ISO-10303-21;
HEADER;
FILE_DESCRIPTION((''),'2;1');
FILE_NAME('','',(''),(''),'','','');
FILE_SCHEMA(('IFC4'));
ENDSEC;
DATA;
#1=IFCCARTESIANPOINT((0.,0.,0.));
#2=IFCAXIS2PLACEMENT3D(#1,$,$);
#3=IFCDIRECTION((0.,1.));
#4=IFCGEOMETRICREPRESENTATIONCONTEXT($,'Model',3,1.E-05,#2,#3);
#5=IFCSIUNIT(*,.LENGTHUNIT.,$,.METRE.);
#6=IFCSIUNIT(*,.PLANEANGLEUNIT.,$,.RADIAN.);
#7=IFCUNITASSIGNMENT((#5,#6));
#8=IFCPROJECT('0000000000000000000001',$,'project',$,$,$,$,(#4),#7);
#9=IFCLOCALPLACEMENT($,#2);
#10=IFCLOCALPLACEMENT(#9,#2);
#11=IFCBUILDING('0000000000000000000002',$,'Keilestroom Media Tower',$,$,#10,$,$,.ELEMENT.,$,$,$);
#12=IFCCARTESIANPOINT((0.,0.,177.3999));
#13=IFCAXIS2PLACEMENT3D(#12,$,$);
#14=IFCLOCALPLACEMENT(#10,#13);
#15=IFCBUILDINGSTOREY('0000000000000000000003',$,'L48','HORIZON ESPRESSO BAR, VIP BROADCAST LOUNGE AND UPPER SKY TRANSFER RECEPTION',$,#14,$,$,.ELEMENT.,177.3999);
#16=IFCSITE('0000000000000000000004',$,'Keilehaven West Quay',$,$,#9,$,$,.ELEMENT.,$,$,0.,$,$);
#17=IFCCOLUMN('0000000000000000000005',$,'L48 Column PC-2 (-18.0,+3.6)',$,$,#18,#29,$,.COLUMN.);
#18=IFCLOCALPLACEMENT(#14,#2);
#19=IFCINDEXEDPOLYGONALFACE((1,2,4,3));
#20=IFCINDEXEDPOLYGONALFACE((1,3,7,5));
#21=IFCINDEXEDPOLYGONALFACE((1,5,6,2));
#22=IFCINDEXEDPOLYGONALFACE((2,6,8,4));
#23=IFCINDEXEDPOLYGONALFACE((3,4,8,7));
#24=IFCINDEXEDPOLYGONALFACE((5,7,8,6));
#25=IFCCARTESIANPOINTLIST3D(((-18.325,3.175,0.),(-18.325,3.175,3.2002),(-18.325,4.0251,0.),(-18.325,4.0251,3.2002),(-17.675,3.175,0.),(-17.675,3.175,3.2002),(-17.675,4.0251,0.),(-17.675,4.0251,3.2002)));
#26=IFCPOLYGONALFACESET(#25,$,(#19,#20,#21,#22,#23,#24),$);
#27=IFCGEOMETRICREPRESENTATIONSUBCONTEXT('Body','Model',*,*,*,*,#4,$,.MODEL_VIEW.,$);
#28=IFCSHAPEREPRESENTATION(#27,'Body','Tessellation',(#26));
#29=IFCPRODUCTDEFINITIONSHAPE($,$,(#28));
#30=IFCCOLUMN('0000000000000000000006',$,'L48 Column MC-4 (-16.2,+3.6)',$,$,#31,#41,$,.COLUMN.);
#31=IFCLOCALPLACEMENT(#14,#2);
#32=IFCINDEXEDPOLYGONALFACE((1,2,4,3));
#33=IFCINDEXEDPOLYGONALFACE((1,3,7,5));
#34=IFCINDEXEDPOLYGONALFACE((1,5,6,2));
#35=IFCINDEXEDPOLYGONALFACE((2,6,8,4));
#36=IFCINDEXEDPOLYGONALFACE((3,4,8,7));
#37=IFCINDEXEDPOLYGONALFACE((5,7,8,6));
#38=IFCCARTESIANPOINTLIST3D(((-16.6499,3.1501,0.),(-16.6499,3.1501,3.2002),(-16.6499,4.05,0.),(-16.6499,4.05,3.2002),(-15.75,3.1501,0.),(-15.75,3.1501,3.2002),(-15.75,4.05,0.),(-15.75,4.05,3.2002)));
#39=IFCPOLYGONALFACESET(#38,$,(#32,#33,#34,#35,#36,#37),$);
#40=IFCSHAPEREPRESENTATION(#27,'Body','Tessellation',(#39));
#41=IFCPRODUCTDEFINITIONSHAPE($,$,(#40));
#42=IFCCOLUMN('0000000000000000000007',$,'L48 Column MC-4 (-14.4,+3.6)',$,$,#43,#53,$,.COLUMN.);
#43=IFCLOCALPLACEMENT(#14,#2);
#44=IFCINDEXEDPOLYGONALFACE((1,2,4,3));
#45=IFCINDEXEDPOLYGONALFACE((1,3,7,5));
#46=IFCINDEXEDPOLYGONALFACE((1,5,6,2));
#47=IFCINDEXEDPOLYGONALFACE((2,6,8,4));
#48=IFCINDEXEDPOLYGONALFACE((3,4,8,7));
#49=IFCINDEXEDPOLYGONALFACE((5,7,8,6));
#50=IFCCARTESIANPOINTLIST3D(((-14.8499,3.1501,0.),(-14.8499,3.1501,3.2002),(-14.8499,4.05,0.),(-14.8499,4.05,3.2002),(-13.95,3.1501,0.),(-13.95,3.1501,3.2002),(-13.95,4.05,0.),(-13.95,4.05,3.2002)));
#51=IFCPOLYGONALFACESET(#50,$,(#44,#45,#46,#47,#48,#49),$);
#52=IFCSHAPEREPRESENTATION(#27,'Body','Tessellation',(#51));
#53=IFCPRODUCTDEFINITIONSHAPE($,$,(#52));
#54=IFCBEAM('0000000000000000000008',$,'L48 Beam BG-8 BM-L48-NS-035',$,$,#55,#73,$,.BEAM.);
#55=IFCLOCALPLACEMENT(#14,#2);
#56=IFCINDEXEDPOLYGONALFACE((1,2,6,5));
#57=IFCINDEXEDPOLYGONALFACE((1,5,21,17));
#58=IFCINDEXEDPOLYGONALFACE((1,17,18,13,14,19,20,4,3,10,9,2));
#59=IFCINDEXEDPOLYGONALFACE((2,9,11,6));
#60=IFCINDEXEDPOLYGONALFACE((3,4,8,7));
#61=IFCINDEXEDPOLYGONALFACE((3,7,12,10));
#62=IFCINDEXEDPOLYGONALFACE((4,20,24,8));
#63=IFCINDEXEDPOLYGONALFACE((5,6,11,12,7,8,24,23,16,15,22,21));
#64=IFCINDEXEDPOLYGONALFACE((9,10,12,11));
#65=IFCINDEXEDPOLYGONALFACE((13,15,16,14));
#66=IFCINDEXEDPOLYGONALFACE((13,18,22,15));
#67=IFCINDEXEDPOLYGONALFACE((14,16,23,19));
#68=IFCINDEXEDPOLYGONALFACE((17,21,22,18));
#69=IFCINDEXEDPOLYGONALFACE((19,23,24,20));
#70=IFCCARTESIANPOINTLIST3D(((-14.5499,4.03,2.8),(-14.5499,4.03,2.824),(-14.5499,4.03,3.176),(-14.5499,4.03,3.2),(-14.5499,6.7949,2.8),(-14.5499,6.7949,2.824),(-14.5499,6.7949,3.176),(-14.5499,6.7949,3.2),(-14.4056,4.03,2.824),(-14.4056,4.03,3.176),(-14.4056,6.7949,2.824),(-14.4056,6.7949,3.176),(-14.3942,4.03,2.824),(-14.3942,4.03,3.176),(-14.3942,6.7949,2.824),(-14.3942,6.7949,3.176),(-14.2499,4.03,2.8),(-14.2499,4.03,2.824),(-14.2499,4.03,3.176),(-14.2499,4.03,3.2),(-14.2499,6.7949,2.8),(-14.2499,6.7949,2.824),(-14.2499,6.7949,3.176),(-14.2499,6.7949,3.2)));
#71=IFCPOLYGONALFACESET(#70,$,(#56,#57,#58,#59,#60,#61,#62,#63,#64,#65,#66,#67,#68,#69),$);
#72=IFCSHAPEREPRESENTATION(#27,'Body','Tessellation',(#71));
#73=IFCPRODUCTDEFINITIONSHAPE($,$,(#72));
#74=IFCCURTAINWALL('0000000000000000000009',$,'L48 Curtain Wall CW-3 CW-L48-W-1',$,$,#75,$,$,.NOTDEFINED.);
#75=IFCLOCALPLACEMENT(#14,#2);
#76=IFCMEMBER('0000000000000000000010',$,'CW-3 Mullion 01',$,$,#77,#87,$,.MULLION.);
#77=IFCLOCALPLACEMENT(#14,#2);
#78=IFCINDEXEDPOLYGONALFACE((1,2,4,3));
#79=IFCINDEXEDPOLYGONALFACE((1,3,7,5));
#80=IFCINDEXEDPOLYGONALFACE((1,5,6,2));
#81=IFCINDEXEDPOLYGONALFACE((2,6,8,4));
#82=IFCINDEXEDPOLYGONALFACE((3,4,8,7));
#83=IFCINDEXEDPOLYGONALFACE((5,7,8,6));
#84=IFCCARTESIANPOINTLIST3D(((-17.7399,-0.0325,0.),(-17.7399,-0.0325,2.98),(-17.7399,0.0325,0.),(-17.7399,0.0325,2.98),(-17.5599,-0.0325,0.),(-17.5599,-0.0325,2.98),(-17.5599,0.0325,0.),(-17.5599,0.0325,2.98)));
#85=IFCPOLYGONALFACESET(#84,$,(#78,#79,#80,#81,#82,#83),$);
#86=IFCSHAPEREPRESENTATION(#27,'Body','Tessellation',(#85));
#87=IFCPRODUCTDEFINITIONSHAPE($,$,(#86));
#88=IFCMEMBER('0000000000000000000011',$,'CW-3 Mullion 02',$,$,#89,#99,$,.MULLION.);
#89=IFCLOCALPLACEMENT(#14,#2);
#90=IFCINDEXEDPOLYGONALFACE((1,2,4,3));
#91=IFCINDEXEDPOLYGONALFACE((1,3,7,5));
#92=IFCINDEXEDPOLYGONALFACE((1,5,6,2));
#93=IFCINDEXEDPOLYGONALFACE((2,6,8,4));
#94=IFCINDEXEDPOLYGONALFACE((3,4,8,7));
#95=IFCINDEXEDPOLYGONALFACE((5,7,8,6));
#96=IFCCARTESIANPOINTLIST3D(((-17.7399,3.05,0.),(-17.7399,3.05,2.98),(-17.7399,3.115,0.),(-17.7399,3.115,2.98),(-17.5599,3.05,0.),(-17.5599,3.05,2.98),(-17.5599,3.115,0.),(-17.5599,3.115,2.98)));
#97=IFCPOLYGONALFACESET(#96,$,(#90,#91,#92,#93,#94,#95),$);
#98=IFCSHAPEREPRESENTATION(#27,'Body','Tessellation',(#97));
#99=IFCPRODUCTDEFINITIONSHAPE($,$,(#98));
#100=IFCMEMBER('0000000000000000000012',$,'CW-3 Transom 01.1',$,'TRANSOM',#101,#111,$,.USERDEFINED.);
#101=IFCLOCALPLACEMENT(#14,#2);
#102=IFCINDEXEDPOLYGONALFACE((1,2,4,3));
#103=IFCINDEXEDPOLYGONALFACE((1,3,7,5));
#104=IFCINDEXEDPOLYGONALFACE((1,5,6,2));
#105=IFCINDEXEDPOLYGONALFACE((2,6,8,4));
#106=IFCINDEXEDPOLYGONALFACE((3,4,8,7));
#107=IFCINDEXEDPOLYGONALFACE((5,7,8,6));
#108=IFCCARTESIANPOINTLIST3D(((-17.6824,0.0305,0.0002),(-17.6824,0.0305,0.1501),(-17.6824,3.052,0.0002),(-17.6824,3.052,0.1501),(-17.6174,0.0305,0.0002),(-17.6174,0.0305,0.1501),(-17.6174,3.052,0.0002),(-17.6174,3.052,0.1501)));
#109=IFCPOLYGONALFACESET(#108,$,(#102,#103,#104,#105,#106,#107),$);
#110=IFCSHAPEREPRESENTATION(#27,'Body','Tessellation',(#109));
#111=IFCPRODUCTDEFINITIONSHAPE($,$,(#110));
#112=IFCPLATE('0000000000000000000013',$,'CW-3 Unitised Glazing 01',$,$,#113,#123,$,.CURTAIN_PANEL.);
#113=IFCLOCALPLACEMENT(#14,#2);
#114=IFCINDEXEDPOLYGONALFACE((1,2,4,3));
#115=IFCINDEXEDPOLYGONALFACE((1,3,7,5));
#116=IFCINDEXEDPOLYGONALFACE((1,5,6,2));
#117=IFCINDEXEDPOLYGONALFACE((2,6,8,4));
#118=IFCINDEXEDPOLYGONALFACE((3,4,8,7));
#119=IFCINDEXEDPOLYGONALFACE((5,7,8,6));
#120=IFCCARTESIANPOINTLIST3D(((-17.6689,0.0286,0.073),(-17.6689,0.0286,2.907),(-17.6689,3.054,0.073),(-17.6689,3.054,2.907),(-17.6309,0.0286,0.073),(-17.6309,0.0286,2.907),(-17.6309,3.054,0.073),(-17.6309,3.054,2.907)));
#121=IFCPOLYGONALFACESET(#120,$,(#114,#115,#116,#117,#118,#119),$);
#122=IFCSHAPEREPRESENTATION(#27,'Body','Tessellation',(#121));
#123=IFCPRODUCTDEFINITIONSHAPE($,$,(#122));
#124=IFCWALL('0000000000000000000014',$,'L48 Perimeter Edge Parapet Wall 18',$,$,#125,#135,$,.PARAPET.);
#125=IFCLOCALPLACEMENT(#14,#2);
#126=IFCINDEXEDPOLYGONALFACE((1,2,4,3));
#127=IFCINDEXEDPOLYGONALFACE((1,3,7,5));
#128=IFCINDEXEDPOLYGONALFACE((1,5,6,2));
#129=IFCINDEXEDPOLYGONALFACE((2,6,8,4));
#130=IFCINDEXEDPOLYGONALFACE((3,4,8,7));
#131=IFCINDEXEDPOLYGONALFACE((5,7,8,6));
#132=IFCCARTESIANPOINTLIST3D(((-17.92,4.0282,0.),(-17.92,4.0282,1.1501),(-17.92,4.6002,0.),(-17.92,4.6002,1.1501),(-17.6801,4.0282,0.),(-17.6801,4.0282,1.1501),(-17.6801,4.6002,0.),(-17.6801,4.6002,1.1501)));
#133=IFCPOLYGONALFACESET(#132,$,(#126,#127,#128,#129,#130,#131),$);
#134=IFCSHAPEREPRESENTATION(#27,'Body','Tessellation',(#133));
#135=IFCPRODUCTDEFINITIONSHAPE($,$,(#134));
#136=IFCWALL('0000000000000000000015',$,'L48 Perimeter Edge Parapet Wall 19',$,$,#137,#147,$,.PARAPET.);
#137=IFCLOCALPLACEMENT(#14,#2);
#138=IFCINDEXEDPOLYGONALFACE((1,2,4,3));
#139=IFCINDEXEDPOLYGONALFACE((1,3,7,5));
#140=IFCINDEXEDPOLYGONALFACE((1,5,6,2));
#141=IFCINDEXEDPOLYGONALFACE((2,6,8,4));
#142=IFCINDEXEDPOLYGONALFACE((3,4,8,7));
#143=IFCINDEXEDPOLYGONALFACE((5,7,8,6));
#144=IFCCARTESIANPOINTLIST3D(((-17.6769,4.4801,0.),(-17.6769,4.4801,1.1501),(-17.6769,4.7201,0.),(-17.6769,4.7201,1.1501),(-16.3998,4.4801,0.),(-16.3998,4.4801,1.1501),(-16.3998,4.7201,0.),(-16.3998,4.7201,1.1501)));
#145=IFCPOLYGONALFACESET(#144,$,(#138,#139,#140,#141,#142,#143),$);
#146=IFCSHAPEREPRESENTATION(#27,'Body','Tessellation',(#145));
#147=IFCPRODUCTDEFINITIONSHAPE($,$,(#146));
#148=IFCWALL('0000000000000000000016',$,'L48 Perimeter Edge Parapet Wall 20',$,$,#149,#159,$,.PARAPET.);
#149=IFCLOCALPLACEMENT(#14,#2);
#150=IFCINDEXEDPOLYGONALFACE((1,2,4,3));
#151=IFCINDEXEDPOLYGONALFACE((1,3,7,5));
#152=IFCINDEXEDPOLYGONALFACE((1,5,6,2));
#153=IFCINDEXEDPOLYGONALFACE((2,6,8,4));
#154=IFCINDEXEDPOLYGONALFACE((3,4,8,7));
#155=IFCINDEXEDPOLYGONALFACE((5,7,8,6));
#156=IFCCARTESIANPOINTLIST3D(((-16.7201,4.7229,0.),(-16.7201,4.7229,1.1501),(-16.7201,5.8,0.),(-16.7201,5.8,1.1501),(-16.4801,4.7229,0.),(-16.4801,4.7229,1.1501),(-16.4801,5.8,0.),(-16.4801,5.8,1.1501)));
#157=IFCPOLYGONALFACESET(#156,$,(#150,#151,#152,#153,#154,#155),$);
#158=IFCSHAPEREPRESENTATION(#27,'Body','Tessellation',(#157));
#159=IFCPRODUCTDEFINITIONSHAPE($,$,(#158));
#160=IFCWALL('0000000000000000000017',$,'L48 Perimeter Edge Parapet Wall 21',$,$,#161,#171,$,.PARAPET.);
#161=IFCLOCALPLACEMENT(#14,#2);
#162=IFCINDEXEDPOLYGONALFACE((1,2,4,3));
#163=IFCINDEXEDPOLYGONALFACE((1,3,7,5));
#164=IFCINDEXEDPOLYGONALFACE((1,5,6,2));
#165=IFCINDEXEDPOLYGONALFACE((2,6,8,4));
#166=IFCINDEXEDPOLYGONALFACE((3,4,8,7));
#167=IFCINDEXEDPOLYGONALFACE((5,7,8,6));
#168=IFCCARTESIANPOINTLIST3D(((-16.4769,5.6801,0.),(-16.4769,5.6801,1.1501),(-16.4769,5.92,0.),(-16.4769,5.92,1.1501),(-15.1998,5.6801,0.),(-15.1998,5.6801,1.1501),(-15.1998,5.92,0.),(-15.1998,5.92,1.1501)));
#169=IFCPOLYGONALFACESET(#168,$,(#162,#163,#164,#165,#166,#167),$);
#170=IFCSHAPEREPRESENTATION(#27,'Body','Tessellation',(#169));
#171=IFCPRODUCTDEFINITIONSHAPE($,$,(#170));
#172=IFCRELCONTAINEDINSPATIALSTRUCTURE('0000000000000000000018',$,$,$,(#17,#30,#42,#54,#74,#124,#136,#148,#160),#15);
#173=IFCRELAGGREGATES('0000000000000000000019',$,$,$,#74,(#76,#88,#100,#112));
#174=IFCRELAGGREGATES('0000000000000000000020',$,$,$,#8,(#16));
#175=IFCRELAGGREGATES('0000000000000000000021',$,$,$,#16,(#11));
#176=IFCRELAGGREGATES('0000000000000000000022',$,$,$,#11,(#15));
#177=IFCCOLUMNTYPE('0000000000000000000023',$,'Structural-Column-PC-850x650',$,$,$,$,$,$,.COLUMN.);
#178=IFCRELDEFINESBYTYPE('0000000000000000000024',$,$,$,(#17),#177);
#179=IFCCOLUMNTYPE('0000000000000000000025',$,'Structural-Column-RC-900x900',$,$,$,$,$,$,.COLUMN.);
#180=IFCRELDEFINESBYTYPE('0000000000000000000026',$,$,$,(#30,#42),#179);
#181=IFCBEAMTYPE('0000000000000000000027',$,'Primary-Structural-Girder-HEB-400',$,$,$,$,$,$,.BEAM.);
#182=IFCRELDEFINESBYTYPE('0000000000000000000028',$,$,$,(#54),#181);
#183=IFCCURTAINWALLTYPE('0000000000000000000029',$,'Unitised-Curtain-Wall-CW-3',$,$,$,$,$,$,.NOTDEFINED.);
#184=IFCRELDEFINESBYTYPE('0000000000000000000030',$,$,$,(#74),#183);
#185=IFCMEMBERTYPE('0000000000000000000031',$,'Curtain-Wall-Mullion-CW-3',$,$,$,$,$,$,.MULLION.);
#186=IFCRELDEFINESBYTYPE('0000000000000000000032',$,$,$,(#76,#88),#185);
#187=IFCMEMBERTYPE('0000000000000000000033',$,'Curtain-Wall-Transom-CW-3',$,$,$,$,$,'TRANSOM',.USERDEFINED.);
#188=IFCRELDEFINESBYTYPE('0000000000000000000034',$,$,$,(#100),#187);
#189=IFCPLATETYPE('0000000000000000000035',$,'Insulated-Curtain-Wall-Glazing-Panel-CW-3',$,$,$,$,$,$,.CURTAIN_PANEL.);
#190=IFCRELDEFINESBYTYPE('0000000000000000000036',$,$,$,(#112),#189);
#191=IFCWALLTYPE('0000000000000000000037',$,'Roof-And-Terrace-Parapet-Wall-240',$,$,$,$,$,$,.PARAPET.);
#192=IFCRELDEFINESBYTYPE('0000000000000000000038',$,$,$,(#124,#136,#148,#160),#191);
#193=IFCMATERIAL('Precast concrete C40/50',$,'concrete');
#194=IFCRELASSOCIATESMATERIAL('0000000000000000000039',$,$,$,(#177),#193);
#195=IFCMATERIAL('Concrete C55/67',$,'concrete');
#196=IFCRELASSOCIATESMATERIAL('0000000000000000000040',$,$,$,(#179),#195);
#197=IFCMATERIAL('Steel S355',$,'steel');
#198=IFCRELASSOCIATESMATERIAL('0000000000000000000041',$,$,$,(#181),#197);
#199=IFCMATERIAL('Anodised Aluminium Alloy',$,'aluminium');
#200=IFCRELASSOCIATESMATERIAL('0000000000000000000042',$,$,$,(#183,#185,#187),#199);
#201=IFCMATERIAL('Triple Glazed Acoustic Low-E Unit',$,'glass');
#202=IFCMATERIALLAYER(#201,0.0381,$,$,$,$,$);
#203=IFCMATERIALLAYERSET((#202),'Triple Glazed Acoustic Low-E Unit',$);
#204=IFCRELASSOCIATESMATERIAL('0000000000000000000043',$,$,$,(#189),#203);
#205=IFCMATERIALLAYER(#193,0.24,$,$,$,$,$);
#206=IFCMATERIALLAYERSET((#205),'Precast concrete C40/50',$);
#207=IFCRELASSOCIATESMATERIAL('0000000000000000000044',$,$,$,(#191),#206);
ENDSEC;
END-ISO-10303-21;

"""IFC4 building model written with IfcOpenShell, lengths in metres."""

from ifc_helpers import new_model, si_unit, direction, frame, frame_2d, origin, origin_2d, place, context, subcontext, project, spatial, rectangle, i_section, extrude, source, transform, mapped, material, layer, layer_set, material_profile, profile_set, type_object, element, aggregate, save


model = new_model("IFC4")

# Units and contexts
model_context = context("Model", 3, precision=1e-05, world=origin(), true_north=direction((0.0, 1.0)))
body_context = subcontext(model_context, "Body", "Model", "MODEL_VIEW")
ifc_project = project(units=[si_unit("LENGTHUNIT", "METRE"), si_unit("PLANEANGLEUNIT", "RADIAN")], contexts=[model_context])

# Site, building, storey
site_placement = place(None, origin())
site = spatial("IfcSite", under=ifc_project, at=site_placement, Name="Keilehaven West Quay", CompositionType="ELEMENT", RefElevation=0.0)
building_placement = place(site_placement, origin())
building = spatial("IfcBuilding", under=site, at=building_placement, Name="Keilestroom Media Tower", CompositionType="ELEMENT")
storey_placement = place(building_placement, frame((0.0, 0.0, 177.3999)))
storey = spatial("IfcBuildingStorey", under=building, at=storey_placement, Name="L48", Description="HORIZON ESPRESSO BAR, VIP BROADCAST LOUNGE AND UPPER SKY TRANSFER RECEPTION", CompositionType="ELEMENT", Elevation=177.3999)

# Columns
ifc_material_1 = material(Name="Precast concrete C40/50", Category="concrete")
ifc_material_profile_1 = material_profile(ifc_material_1, rectangle(XDim=0.6499, YDim=0.8501, at=origin_2d()), Name="PC 850x650")
ifc_profile_set_1 = profile_set([ifc_material_profile_1], Name="Precast concrete C40/50")
column_type_1 = type_object("IfcColumnType", Name="Structural-Column-PC-850x650", PredefinedType="COLUMN", material=ifc_profile_set_1)
shared_shape_1 = source(origin(), body_context, "Body", "SweptSolid", [
    extrude(rectangle(XDim=0.6499, YDim=0.8501, at=origin_2d()), origin(), (0.0, 0.0, 1.0), 3.2002),
])
column_placement = place(storey_placement, frame((-18.0, 3.6001, 0.0), z_axis=(0.0, 0.0, 1.0), x_axis=(1.0, 0.0, 0.0)))
element("IfcColumn", 1, at=column_placement, inside=storey, type_object=column_type_1, Name="L48 Column PC-2 (-18.0,+3.6)", PredefinedType="COLUMN", context=body_context, shape_type="MappedRepresentation", body=[
    mapped(shared_shape_1, transform((0.0, 0.0, 0.0), x_axis=(1.0, 0.0, 0.0), y_axis=(0.0, 1.0, 0.0), z_axis=(0.0, 0.0, 1.0), scale=1.0)),
])
ifc_material_2 = material(Name="Concrete C55/67", Category="concrete")
ifc_material_profile_2 = material_profile(ifc_material_2, rectangle(XDim=0.8999, YDim=0.8999, at=origin_2d()), Name="RC 900x900")
ifc_profile_set_2 = profile_set([ifc_material_profile_2], Name="Concrete C55/67")
column_type_2 = type_object("IfcColumnType", Name="Structural-Column-RC-900x900", PredefinedType="COLUMN", material=ifc_profile_set_2)
shared_shape_2 = source(origin(), body_context, "Body", "SweptSolid", [
    extrude(rectangle(XDim=0.8999, YDim=0.8999, at=origin_2d()), origin(), (0.0, 0.0, 1.0), 3.2002),
])
for number, where, z_axis, x_axis, name in (
    (2, (-16.2, 3.6001, 0.0), (0.0, 0.0, 1.0), (1.0, 0.0, 0.0), "L48 Column MC-4 (-16.2,+3.6)"),
    (3, (-14.3999, 3.6001, 0.0), (0.0, 0.0, 1.0), (1.0, 0.0, 0.0), "L48 Column MC-4 (-14.4,+3.6)"),
):
    element("IfcColumn", number, at=place(storey_placement, frame(where, z_axis=z_axis, x_axis=x_axis)), inside=storey, type_object=column_type_2, Name=name, PredefinedType="COLUMN", context=body_context, shape_type="MappedRepresentation", body=[
        mapped(shared_shape_2, transform((0.0, 0.0, 0.0), x_axis=(1.0, 0.0, 0.0), y_axis=(0.0, 1.0, 0.0), z_axis=(0.0, 0.0, 1.0), scale=1.0)),
    ])

# Beam
ifc_material_3 = material(Name="Steel S355", Category="steel")
ifc_material_profile_3 = material_profile(ifc_material_3, i_section(OverallWidth=0.3, OverallDepth=0.3999, WebThickness=0.0115, FlangeThickness=0.0239, at=origin_2d()), Name="HEB 400")
ifc_profile_set_3 = profile_set([ifc_material_profile_3], Name="Steel S355")
beam_type = type_object("IfcBeamType", Name="Primary-Structural-Girder-HEB-400", PredefinedType="BEAM", material=ifc_profile_set_3)
shared_shape_3 = source(origin(), body_context, "Body", "SweptSolid", [
    extrude(i_section(OverallWidth=0.3, OverallDepth=0.3999, WebThickness=0.0115, FlangeThickness=0.0239, at=origin_2d()), origin(), (0.0, 0.0, 1.0), 2.7649),
])
beam_placement = place(storey_placement, frame((-14.3999, 4.03, 3.0), z_axis=(0.0, 1.0, 0.0), x_axis=(-1.0, 0.0, 0.0)))
element("IfcBeam", 4, at=beam_placement, inside=storey, type_object=beam_type, Name="L48 Beam BG-8 BM-L48-NS-035", PredefinedType="BEAM", context=body_context, shape_type="MappedRepresentation", body=[
    mapped(shared_shape_3, transform((0.0, 0.0, 0.0), x_axis=(1.0, 0.0, 0.0), y_axis=(0.0, 1.0, 0.0), z_axis=(0.0, 0.0, 1.0), scale=1.0)),
])

# Curtain wall, members, plate
ifc_material_4 = material(Name="Anodised Aluminium Alloy", Category="aluminium")
curtain_wall_type = type_object("IfcCurtainWallType", Name="Unitised-Curtain-Wall-CW-3", PredefinedType="NOTDEFINED", material=ifc_material_4)
curtain_wall_placement = place(storey_placement, origin())
curtain_wall = element("IfcCurtainWall", 5, at=curtain_wall_placement, inside=storey, type_object=curtain_wall_type, Name="L48 Curtain Wall CW-3 CW-L48-W-1", PredefinedType="NOTDEFINED")
ifc_material_profile_4 = material_profile(ifc_material_4, rectangle(XDim=0.0649, YDim=0.1799, at=origin_2d()), Name="ALU MULLION 65x180")
ifc_profile_set_4 = profile_set([ifc_material_profile_4], Name="Anodised Aluminium Alloy")
member_type_1 = type_object("IfcMemberType", Name="Curtain-Wall-Mullion-CW-3", PredefinedType="MULLION", material=ifc_profile_set_4)
shared_shape_4 = source(origin(), body_context, "Body", "SweptSolid", [
    extrude(rectangle(XDim=0.0649, YDim=0.1799, at=origin_2d()), origin(), (0.0, 0.0, 1.0), 2.98),
])
member_1_placement = place(storey_placement, frame((-17.6499, 0.0, 0.0), z_axis=(0.0, 0.0, 1.0), x_axis=(0.0, 1.0, 0.0)))
member_1 = element("IfcMember", 6, at=member_1_placement, type_object=member_type_1, Name="CW-3 Mullion 01", PredefinedType="MULLION", context=body_context, shape_type="MappedRepresentation", body=[
    mapped(shared_shape_4, transform((0.0, 0.0, 0.0), x_axis=(1.0, 0.0, 0.0), y_axis=(0.0, 1.0, 0.0), z_axis=(0.0, 0.0, 1.0), scale=1.0)),
])
member_2_placement = place(storey_placement, frame((-17.6499, 3.0825, 0.0), z_axis=(0.0, 0.0, 1.0), x_axis=(0.0, 1.0, 0.0)))
member_2 = element("IfcMember", 7, at=member_2_placement, type_object=member_type_1, Name="CW-3 Mullion 02", PredefinedType="MULLION", context=body_context, shape_type="MappedRepresentation", body=[
    mapped(shared_shape_4, transform((0.0, 0.0, 0.0), x_axis=(1.0, 0.0, 0.0), y_axis=(0.0, 1.0, 0.0), z_axis=(0.0, 0.0, 1.0), scale=1.0)),
])
ifc_material_profile_5 = material_profile(ifc_material_4, rectangle(XDim=0.0649, YDim=0.1499, at=origin_2d()), Name="ALU TRANSOM 65x150")
ifc_profile_set_5 = profile_set([ifc_material_profile_5], Name="Anodised Aluminium Alloy")
member_type_2 = type_object("IfcMemberType", Name="Curtain-Wall-Transom-CW-3", ElementType="TRANSOM", PredefinedType="USERDEFINED", material=ifc_profile_set_5)
shared_shape_5 = source(origin(), body_context, "Body", "SweptSolid", [
    extrude(rectangle(XDim=0.0649, YDim=0.1499, at=origin_2d()), origin(), (0.0, 0.0, 1.0), 3.0215),
])
member_3_placement = place(storey_placement, frame((-17.6499, 0.0305, 0.0752), z_axis=(0.0, 1.0, 0.0), x_axis=(-1.0, 0.0, 0.0)))
member_3 = element("IfcMember", 8, at=member_3_placement, type_object=member_type_2, Name="CW-3 Transom 01.1", ObjectType="TRANSOM", PredefinedType="USERDEFINED", context=body_context, shape_type="MappedRepresentation", body=[
    mapped(shared_shape_5, transform((0.0, 0.0, 0.0), x_axis=(1.0, 0.0, 0.0), y_axis=(0.0, 1.0, 0.0), z_axis=(0.0, 0.0, 1.0), scale=1.0)),
])
ifc_material_5 = material(Name="Triple Glazed Acoustic Low-E Unit", Category="glass")
ifc_layer_1 = layer(ifc_material_5, 0.0381)
ifc_layer_set_1 = layer_set([ifc_layer_1], Name="Triple Glazed Acoustic Low-E Unit")
plate_type = type_object("IfcPlateType", Name="Insulated-Curtain-Wall-Glazing-Panel-CW-3", PredefinedType="CURTAIN_PANEL", material=ifc_layer_set_1)
shared_shape_6 = source(origin(), body_context, "Body", "SweptSolid", [
    extrude(rectangle(XDim=3.0254, YDim=0.0381, at=origin_2d()), origin(), (0.0, 0.0, 1.0), 2.834),
])
plate_placement = place(storey_placement, frame((-17.6499, 1.5413, 0.073), z_axis=(0.0, 0.0, 1.0), x_axis=(0.0, 1.0, 0.0)))
plate = element("IfcPlate", 9, at=plate_placement, type_object=plate_type, Name="CW-3 Unitised Glazing 01", PredefinedType="CURTAIN_PANEL", context=body_context, shape_type="MappedRepresentation", body=[
    mapped(shared_shape_6, transform((0.0, 0.0, 0.0), x_axis=(1.0, 0.0, 0.0), y_axis=(0.0, 1.0, 0.0), z_axis=(0.0, 0.0, 1.0), scale=1.0)),
])
aggregate(curtain_wall, [member_1, member_2, member_3, plate])

# Walls
ifc_layer_2 = layer(ifc_material_1, 0.24)
ifc_layer_set_2 = layer_set([ifc_layer_2], Name="Precast concrete C40/50")
wall_type = type_object("IfcWallType", Name="Roof-And-Terrace-Parapet-Wall-240", PredefinedType="PARAPET", material=ifc_layer_set_2)
wall_1_placement = place(storey_placement, frame((-17.8, 4.0281, 0.0), z_axis=(0.0, 0.0, 1.0), x_axis=(0.0, 1.0, 0.0)))
element("IfcWall", 10, at=wall_1_placement, inside=storey, type_object=wall_type, Name="L48 Perimeter Edge Parapet Wall 18", PredefinedType="PARAPET", context=body_context, shape_type="SweptSolid", body=[
    extrude(rectangle(XDim=0.572, YDim=0.24, at=frame_2d((0.2861, 0.0))), origin(), (0.0, 0.0, 1.0), 1.1501),
])
wall_2_placement = place(storey_placement, frame((-17.677, 4.6001, 0.0), z_axis=(0.0, 0.0, 1.0), x_axis=(1.0, 0.0, 0.0)))
element("IfcWall", 11, at=wall_2_placement, inside=storey, type_object=wall_type, Name="L48 Perimeter Edge Parapet Wall 19", PredefinedType="PARAPET", context=body_context, shape_type="SweptSolid", body=[
    extrude(rectangle(XDim=1.2771, YDim=0.24, at=frame_2d((0.6387, 0.0))), origin(), (0.0, 0.0, 1.0), 1.1501),
])
wall_3_placement = place(storey_placement, frame((-16.6001, 4.7229, 0.0), z_axis=(0.0, 0.0, 1.0), x_axis=(0.0, 1.0, 0.0)))
element("IfcWall", 12, at=wall_3_placement, inside=storey, type_object=wall_type, Name="L48 Perimeter Edge Parapet Wall 20", PredefinedType="PARAPET", context=body_context, shape_type="SweptSolid", body=[
    extrude(rectangle(XDim=1.0771, YDim=0.24, at=frame_2d((0.5386, 0.0))), origin(), (0.0, 0.0, 1.0), 1.1501),
])
wall_4_placement = place(storey_placement, frame((-16.4771, 5.8, 0.0), z_axis=(0.0, 0.0, 1.0), x_axis=(1.0, 0.0, 0.0)))
element("IfcWall", 13, at=wall_4_placement, inside=storey, type_object=wall_type, Name="L48 Perimeter Edge Parapet Wall 21", PredefinedType="PARAPET", context=body_context, shape_type="SweptSolid", body=[
    extrude(rectangle(XDim=1.2771, YDim=0.24, at=frame_2d((0.6387, 0.0))), origin(), (0.0, 0.0, 1.0), 1.1501),
])

save(model, "model.ifc")
